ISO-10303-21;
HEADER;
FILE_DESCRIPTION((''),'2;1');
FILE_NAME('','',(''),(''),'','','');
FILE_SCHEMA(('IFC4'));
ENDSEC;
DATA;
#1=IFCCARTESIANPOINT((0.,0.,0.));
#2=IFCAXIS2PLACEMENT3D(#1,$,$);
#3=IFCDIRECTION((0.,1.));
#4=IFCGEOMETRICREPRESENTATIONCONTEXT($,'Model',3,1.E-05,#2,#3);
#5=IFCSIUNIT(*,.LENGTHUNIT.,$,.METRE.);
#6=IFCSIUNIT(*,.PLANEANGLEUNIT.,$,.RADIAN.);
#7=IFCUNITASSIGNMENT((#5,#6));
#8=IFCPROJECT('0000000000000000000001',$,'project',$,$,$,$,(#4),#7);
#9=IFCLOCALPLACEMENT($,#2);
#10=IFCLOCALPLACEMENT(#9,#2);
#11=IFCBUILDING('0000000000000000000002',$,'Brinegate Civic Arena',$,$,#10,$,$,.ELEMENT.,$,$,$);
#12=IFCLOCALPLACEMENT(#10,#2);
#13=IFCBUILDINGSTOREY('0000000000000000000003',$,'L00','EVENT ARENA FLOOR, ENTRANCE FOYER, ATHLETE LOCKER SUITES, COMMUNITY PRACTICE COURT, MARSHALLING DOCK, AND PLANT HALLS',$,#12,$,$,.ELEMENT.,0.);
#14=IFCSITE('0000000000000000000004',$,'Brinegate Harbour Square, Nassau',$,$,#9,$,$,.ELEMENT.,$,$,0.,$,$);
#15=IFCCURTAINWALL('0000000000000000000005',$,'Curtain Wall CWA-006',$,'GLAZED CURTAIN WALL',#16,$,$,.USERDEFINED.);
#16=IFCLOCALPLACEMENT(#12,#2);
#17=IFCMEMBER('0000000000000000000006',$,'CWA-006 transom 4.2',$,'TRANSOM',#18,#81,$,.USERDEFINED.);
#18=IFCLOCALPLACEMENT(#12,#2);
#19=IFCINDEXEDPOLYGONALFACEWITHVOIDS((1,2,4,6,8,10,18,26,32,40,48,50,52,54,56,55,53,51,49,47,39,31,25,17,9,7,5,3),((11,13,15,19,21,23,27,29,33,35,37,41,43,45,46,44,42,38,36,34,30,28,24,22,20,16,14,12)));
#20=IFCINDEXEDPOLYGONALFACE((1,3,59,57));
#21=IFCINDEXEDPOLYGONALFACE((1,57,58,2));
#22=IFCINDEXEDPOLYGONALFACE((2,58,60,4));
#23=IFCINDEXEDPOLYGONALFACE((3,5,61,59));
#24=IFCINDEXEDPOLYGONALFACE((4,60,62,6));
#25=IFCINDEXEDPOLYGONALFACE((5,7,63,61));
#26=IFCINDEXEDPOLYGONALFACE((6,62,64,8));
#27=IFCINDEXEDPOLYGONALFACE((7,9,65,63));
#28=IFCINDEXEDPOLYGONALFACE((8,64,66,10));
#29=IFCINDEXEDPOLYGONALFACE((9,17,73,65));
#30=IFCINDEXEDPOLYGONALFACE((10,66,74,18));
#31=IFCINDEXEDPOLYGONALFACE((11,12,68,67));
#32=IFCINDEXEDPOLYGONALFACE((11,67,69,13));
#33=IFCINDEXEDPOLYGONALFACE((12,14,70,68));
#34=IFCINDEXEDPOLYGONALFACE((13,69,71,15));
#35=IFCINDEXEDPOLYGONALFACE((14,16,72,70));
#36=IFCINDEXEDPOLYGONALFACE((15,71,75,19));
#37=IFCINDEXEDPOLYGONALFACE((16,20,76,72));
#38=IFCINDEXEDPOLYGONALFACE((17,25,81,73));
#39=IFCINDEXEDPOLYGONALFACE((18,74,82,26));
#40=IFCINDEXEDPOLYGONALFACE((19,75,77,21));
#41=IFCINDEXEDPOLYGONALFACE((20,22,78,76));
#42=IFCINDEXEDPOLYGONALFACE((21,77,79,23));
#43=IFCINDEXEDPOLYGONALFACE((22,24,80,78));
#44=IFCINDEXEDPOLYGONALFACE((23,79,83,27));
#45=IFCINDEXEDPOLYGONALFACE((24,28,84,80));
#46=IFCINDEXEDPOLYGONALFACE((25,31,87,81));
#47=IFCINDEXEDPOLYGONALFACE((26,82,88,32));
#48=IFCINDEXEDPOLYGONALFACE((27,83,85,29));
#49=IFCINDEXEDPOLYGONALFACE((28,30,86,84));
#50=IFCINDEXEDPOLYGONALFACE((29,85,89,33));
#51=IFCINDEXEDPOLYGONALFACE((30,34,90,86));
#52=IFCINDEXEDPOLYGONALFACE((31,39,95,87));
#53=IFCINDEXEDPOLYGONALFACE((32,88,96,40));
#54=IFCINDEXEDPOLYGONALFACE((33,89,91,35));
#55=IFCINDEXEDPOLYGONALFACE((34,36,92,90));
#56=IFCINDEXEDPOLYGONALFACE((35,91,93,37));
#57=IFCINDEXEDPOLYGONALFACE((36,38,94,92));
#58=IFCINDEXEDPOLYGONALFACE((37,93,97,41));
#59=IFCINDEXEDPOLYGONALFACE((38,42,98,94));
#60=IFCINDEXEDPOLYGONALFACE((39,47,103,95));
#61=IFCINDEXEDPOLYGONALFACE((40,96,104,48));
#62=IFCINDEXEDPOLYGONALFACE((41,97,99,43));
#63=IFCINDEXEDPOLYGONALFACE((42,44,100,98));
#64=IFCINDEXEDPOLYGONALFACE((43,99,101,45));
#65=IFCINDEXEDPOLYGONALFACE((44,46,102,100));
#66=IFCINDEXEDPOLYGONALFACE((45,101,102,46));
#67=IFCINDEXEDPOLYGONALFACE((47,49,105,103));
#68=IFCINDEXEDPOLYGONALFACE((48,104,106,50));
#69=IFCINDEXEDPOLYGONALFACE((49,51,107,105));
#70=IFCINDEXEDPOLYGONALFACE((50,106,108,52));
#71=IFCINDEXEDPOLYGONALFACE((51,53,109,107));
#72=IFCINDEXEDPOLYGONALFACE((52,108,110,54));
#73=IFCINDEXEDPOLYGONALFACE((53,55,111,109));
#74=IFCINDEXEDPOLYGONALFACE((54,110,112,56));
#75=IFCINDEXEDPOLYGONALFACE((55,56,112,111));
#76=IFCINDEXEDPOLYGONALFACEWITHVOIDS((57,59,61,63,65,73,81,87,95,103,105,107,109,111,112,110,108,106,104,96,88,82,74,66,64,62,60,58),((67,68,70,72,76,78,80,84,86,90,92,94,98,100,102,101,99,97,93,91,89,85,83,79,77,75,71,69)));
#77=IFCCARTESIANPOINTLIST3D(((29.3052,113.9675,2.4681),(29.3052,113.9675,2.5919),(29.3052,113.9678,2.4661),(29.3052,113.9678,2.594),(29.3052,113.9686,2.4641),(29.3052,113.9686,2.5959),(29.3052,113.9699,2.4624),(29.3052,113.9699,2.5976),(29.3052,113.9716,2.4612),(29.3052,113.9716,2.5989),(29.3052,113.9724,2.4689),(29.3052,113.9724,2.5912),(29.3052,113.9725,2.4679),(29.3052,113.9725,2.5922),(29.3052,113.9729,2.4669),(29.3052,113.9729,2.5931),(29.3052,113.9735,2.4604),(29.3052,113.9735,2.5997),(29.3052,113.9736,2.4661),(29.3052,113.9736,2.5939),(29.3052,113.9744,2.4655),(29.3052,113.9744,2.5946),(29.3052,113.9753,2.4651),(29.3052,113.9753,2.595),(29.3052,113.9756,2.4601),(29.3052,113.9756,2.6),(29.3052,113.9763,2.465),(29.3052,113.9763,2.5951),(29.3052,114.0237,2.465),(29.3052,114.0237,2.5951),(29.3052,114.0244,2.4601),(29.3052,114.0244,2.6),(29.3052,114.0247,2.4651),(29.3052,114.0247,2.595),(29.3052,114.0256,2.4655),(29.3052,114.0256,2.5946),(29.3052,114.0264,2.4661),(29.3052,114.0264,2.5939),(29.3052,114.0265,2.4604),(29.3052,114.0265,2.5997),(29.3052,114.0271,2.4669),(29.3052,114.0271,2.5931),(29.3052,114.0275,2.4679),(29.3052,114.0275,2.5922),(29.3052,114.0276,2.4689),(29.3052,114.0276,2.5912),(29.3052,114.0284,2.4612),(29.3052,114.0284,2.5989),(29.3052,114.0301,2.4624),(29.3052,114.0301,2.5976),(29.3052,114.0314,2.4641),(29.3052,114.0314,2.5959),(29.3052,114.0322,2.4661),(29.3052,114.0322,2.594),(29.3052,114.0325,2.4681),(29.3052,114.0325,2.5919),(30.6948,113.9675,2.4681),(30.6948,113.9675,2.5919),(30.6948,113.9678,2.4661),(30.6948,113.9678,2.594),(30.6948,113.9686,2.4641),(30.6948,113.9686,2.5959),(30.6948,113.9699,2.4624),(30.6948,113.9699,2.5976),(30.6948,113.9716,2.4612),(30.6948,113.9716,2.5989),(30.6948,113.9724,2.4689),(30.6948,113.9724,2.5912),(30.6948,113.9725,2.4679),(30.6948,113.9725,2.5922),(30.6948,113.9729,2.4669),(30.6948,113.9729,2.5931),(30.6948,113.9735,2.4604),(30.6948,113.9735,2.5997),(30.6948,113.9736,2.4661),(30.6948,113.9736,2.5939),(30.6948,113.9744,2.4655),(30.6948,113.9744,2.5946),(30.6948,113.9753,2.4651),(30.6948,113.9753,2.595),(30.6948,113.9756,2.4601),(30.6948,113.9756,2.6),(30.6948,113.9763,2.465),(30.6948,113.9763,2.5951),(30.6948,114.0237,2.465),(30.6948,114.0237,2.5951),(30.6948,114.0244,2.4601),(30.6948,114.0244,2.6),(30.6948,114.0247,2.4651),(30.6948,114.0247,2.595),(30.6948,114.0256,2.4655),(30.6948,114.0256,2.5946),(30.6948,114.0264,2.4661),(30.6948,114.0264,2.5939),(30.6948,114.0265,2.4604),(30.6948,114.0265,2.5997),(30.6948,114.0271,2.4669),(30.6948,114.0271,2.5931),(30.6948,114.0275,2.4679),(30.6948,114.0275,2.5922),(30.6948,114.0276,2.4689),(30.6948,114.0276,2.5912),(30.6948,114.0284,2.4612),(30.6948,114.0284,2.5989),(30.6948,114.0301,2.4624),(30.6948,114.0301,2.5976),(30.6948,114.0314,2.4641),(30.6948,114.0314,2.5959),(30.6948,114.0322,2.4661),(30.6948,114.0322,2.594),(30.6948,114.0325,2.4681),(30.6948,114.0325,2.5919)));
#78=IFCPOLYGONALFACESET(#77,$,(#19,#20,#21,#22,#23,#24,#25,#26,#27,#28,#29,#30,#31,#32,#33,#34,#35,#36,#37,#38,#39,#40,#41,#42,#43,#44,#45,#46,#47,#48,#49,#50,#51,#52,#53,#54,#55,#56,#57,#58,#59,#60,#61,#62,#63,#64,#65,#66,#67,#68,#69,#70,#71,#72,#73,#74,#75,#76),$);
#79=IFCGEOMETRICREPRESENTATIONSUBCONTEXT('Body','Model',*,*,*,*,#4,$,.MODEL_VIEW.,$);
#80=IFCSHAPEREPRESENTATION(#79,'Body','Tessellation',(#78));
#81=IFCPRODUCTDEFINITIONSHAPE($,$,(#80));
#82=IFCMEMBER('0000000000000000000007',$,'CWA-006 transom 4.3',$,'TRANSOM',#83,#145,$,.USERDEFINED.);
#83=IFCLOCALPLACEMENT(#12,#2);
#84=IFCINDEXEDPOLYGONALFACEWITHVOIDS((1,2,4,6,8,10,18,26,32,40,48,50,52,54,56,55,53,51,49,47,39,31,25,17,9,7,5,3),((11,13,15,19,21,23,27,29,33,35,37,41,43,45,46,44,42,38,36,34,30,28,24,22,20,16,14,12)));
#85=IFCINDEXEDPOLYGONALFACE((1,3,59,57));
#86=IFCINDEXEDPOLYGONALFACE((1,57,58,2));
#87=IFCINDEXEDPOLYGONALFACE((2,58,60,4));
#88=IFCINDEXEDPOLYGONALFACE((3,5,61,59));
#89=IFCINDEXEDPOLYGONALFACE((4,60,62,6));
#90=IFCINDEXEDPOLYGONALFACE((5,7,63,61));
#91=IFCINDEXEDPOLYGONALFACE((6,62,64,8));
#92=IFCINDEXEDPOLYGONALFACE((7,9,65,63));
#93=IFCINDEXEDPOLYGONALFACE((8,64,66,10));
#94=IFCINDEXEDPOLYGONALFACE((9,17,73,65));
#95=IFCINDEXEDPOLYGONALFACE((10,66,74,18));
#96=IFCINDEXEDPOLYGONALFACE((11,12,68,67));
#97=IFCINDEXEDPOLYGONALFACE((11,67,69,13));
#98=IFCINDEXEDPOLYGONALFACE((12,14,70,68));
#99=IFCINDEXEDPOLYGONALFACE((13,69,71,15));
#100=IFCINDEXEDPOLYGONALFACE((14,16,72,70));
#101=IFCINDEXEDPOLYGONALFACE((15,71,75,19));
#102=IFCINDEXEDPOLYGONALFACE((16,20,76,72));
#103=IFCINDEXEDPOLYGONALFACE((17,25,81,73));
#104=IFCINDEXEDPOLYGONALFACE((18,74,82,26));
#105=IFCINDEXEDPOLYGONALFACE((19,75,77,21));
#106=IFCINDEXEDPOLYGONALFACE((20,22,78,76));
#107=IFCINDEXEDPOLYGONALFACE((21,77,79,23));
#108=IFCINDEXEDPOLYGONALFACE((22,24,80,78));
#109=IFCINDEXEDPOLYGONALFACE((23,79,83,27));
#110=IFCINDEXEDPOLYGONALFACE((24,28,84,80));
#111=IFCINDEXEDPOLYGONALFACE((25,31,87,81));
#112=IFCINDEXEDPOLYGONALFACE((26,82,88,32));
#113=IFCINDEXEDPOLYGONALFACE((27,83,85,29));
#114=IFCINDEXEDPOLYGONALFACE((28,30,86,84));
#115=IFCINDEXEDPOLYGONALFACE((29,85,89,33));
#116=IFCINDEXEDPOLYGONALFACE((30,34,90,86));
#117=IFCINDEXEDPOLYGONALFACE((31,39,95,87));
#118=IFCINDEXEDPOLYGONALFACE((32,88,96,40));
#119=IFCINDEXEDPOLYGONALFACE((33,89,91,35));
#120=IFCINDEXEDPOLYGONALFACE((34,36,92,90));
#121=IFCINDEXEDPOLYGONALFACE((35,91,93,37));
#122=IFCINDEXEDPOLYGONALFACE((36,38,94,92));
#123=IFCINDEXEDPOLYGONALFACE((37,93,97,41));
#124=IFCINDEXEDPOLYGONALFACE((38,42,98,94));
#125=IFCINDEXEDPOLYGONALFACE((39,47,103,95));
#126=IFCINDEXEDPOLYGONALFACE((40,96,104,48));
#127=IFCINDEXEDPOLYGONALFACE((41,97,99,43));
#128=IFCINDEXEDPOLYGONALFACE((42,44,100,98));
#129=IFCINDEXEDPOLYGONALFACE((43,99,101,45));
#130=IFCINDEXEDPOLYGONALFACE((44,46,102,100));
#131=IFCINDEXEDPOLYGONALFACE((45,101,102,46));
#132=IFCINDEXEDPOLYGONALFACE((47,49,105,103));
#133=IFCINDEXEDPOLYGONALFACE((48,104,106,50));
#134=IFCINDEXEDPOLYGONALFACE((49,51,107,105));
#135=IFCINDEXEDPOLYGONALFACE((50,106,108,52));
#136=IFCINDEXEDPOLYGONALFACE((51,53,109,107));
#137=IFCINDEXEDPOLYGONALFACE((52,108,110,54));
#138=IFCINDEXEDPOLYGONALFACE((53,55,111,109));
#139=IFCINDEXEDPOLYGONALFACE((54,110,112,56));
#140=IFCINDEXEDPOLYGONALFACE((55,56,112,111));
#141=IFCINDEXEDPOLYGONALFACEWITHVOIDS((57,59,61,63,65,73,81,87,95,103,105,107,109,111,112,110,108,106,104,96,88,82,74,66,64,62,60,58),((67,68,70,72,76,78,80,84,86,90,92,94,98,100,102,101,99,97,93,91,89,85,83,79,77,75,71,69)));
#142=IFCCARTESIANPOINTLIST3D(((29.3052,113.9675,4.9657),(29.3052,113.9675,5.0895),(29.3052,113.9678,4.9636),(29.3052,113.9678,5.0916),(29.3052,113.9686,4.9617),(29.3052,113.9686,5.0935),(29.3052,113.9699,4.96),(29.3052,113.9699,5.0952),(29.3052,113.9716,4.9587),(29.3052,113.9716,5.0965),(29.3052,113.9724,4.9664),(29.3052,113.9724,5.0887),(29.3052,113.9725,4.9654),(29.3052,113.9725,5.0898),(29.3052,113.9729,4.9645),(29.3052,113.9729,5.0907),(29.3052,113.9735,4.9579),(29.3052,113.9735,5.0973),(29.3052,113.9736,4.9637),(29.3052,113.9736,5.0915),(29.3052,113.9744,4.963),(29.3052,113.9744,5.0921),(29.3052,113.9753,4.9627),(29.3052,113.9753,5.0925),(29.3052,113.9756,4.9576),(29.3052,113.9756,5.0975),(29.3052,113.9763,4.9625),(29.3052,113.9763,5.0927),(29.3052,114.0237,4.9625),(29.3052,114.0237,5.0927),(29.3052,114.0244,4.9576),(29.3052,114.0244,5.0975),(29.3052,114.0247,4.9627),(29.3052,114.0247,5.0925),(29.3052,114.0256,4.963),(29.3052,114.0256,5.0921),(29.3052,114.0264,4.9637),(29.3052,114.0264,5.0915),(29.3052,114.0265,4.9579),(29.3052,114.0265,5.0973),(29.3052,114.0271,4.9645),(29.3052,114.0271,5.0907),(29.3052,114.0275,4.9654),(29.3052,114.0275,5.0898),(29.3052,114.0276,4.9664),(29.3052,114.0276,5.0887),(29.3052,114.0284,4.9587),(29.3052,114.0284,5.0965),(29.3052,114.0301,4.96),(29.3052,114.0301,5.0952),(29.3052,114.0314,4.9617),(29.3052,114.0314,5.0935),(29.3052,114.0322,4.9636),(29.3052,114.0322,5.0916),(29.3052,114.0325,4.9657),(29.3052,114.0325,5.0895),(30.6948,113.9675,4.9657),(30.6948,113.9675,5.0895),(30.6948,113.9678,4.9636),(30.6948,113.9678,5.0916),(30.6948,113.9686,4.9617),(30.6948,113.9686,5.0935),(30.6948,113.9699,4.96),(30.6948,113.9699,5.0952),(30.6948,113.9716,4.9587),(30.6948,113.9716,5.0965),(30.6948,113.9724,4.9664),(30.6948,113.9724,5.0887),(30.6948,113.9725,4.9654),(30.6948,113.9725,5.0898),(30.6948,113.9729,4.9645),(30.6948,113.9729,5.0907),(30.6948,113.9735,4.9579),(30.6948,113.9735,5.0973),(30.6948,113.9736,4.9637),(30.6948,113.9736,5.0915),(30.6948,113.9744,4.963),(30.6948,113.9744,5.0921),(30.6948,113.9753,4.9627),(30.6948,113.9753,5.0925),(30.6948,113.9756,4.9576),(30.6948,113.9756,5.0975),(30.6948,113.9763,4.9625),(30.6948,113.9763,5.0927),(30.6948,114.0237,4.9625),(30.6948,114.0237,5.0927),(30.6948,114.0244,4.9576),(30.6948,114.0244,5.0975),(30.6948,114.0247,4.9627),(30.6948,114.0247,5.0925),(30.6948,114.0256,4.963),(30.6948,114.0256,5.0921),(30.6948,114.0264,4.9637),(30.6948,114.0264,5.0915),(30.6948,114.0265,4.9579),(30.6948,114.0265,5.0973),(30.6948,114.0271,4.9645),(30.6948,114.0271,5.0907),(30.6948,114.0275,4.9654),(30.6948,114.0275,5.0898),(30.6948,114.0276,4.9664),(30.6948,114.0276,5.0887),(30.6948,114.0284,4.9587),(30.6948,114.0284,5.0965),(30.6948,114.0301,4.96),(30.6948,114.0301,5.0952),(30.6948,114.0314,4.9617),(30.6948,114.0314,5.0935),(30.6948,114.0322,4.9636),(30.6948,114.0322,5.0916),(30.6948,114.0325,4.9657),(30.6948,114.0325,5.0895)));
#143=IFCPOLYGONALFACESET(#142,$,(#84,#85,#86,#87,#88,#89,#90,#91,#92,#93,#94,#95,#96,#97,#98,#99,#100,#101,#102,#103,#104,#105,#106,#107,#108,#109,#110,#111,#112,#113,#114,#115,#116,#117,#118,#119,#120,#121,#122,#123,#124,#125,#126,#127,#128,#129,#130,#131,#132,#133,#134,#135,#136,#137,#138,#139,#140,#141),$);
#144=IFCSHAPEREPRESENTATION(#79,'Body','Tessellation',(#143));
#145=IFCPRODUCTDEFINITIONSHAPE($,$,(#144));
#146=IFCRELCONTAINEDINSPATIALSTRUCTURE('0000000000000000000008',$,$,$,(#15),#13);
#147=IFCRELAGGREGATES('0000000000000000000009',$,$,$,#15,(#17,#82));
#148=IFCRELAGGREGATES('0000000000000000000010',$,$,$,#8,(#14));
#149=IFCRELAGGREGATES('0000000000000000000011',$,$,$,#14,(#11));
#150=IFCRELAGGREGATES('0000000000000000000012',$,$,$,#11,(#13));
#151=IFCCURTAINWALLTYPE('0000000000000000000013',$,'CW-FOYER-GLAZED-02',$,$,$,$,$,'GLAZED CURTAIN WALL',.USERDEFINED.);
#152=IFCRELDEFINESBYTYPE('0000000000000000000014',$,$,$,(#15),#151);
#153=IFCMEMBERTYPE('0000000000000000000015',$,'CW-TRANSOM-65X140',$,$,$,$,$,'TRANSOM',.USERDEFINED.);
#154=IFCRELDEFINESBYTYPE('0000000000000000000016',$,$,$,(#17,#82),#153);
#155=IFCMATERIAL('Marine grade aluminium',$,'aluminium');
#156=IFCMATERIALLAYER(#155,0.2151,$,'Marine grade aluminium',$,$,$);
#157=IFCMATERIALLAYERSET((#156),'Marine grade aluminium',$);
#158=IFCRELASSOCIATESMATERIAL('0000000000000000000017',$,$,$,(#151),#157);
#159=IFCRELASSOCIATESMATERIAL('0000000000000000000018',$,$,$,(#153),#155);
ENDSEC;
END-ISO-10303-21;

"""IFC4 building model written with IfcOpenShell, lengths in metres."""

from ifc_helpers import new_model, si_unit, direction, frame, origin, origin_2d, place, context, subcontext, project, spatial, hollow_rectangle, extrude, material, layer, layer_set, material_profile, profile_set, type_object, element, aggregate, save


model = new_model("IFC4")

# Units and contexts
model_context = context("Model", 3, precision=1e-05, world=origin(), true_north=direction((0.0, 1.0)))
body_context = subcontext(model_context, "Body", "Model", "MODEL_VIEW")
ifc_project = project(units=[si_unit("LENGTHUNIT", "METRE"), si_unit("PLANEANGLEUNIT", "RADIAN")], contexts=[model_context])

# Site, building, storey
site_placement = place(None, origin())
site = spatial("IfcSite", under=ifc_project, at=site_placement, Name="Brinegate Harbour Square, Nassau", CompositionType="ELEMENT", RefElevation=0.0)
building_placement = place(site_placement, origin())
building = spatial("IfcBuilding", under=site, at=building_placement, Name="Brinegate Civic Arena", CompositionType="ELEMENT")
storey_placement = place(building_placement, origin())
storey = spatial("IfcBuildingStorey", under=building, at=storey_placement, Name="L00", Description="EVENT ARENA FLOOR, ENTRANCE FOYER, ATHLETE LOCKER SUITES, COMMUNITY PRACTICE COURT, MARSHALLING DOCK, AND PLANT HALLS", CompositionType="ELEMENT", Elevation=0.0)

# Curtain wall, members
ifc_material_1 = material(Name="Marine grade aluminium", Category="aluminium")
ifc_layer_1 = layer(ifc_material_1, 0.2151, Name="Marine grade aluminium")
ifc_layer_set_1 = layer_set([ifc_layer_1], Name="Marine grade aluminium")
curtain_wall_type = type_object("IfcCurtainWallType", Name="CW-FOYER-GLAZED-02", ElementType="GLAZED CURTAIN WALL", PredefinedType="USERDEFINED", material=ifc_layer_set_1)
curtain_wall_placement = place(storey_placement, origin())
curtain_wall = element("IfcCurtainWall", 1, at=curtain_wall_placement, inside=storey, type_object=curtain_wall_type, Name="Curtain Wall CWA-006", ObjectType="GLAZED CURTAIN WALL", PredefinedType="USERDEFINED")
ifc_material_profile_1 = material_profile(ifc_material_1, hollow_rectangle(XDim=0.0649, YDim=0.1399, WallThickness=0.0049, InnerFilletRadius=0.0039, OuterFilletRadius=0.0081, at=origin_2d()), Name="TRN65X140")
ifc_profile_set_1 = profile_set([ifc_material_profile_1], Name="Marine grade aluminium")
member_type_1 = type_object("IfcMemberType", Name="CW-TRANSOM-65X140", ElementType="TRANSOM", PredefinedType="USERDEFINED", material=ifc_profile_set_1)
member_1_placement = place(storey_placement, frame((29.3052, 114.0, 2.53), z_axis=(1.0, 0.0, 0.0), x_axis=(0.0, 1.0, 0.0)))
member_1 = element("IfcMember", 2, at=member_1_placement, type_object=member_type_1, Name="CWA-006 transom 4.2", ObjectType="TRANSOM", PredefinedType="USERDEFINED", context=body_context, shape_type="SweptSolid", body=[
    extrude(hollow_rectangle(XDim=0.0649, YDim=0.1399, WallThickness=0.0049, InnerFilletRadius=0.0039, OuterFilletRadius=0.0081, at=origin_2d()), origin(), (0.0, 0.0, 1.0), 1.3896),
])
member_2_placement = place(storey_placement, frame((29.3052, 114.0, 5.0276), z_axis=(1.0, 0.0, 0.0), x_axis=(0.0, 1.0, 0.0)))
member_2 = element("IfcMember", 3, at=member_2_placement, type_object=member_type_1, Name="CWA-006 transom 4.3", ObjectType="TRANSOM", PredefinedType="USERDEFINED", context=body_context, shape_type="SweptSolid", body=[
    extrude(hollow_rectangle(XDim=0.0649, YDim=0.1399, WallThickness=0.0049, InnerFilletRadius=0.0039, OuterFilletRadius=0.0081, at=origin_2d()), origin(), (0.0, 0.0, 1.0), 1.3896),
])
aggregate(curtain_wall, [member_1, member_2])

save(model, "model.ifc")
